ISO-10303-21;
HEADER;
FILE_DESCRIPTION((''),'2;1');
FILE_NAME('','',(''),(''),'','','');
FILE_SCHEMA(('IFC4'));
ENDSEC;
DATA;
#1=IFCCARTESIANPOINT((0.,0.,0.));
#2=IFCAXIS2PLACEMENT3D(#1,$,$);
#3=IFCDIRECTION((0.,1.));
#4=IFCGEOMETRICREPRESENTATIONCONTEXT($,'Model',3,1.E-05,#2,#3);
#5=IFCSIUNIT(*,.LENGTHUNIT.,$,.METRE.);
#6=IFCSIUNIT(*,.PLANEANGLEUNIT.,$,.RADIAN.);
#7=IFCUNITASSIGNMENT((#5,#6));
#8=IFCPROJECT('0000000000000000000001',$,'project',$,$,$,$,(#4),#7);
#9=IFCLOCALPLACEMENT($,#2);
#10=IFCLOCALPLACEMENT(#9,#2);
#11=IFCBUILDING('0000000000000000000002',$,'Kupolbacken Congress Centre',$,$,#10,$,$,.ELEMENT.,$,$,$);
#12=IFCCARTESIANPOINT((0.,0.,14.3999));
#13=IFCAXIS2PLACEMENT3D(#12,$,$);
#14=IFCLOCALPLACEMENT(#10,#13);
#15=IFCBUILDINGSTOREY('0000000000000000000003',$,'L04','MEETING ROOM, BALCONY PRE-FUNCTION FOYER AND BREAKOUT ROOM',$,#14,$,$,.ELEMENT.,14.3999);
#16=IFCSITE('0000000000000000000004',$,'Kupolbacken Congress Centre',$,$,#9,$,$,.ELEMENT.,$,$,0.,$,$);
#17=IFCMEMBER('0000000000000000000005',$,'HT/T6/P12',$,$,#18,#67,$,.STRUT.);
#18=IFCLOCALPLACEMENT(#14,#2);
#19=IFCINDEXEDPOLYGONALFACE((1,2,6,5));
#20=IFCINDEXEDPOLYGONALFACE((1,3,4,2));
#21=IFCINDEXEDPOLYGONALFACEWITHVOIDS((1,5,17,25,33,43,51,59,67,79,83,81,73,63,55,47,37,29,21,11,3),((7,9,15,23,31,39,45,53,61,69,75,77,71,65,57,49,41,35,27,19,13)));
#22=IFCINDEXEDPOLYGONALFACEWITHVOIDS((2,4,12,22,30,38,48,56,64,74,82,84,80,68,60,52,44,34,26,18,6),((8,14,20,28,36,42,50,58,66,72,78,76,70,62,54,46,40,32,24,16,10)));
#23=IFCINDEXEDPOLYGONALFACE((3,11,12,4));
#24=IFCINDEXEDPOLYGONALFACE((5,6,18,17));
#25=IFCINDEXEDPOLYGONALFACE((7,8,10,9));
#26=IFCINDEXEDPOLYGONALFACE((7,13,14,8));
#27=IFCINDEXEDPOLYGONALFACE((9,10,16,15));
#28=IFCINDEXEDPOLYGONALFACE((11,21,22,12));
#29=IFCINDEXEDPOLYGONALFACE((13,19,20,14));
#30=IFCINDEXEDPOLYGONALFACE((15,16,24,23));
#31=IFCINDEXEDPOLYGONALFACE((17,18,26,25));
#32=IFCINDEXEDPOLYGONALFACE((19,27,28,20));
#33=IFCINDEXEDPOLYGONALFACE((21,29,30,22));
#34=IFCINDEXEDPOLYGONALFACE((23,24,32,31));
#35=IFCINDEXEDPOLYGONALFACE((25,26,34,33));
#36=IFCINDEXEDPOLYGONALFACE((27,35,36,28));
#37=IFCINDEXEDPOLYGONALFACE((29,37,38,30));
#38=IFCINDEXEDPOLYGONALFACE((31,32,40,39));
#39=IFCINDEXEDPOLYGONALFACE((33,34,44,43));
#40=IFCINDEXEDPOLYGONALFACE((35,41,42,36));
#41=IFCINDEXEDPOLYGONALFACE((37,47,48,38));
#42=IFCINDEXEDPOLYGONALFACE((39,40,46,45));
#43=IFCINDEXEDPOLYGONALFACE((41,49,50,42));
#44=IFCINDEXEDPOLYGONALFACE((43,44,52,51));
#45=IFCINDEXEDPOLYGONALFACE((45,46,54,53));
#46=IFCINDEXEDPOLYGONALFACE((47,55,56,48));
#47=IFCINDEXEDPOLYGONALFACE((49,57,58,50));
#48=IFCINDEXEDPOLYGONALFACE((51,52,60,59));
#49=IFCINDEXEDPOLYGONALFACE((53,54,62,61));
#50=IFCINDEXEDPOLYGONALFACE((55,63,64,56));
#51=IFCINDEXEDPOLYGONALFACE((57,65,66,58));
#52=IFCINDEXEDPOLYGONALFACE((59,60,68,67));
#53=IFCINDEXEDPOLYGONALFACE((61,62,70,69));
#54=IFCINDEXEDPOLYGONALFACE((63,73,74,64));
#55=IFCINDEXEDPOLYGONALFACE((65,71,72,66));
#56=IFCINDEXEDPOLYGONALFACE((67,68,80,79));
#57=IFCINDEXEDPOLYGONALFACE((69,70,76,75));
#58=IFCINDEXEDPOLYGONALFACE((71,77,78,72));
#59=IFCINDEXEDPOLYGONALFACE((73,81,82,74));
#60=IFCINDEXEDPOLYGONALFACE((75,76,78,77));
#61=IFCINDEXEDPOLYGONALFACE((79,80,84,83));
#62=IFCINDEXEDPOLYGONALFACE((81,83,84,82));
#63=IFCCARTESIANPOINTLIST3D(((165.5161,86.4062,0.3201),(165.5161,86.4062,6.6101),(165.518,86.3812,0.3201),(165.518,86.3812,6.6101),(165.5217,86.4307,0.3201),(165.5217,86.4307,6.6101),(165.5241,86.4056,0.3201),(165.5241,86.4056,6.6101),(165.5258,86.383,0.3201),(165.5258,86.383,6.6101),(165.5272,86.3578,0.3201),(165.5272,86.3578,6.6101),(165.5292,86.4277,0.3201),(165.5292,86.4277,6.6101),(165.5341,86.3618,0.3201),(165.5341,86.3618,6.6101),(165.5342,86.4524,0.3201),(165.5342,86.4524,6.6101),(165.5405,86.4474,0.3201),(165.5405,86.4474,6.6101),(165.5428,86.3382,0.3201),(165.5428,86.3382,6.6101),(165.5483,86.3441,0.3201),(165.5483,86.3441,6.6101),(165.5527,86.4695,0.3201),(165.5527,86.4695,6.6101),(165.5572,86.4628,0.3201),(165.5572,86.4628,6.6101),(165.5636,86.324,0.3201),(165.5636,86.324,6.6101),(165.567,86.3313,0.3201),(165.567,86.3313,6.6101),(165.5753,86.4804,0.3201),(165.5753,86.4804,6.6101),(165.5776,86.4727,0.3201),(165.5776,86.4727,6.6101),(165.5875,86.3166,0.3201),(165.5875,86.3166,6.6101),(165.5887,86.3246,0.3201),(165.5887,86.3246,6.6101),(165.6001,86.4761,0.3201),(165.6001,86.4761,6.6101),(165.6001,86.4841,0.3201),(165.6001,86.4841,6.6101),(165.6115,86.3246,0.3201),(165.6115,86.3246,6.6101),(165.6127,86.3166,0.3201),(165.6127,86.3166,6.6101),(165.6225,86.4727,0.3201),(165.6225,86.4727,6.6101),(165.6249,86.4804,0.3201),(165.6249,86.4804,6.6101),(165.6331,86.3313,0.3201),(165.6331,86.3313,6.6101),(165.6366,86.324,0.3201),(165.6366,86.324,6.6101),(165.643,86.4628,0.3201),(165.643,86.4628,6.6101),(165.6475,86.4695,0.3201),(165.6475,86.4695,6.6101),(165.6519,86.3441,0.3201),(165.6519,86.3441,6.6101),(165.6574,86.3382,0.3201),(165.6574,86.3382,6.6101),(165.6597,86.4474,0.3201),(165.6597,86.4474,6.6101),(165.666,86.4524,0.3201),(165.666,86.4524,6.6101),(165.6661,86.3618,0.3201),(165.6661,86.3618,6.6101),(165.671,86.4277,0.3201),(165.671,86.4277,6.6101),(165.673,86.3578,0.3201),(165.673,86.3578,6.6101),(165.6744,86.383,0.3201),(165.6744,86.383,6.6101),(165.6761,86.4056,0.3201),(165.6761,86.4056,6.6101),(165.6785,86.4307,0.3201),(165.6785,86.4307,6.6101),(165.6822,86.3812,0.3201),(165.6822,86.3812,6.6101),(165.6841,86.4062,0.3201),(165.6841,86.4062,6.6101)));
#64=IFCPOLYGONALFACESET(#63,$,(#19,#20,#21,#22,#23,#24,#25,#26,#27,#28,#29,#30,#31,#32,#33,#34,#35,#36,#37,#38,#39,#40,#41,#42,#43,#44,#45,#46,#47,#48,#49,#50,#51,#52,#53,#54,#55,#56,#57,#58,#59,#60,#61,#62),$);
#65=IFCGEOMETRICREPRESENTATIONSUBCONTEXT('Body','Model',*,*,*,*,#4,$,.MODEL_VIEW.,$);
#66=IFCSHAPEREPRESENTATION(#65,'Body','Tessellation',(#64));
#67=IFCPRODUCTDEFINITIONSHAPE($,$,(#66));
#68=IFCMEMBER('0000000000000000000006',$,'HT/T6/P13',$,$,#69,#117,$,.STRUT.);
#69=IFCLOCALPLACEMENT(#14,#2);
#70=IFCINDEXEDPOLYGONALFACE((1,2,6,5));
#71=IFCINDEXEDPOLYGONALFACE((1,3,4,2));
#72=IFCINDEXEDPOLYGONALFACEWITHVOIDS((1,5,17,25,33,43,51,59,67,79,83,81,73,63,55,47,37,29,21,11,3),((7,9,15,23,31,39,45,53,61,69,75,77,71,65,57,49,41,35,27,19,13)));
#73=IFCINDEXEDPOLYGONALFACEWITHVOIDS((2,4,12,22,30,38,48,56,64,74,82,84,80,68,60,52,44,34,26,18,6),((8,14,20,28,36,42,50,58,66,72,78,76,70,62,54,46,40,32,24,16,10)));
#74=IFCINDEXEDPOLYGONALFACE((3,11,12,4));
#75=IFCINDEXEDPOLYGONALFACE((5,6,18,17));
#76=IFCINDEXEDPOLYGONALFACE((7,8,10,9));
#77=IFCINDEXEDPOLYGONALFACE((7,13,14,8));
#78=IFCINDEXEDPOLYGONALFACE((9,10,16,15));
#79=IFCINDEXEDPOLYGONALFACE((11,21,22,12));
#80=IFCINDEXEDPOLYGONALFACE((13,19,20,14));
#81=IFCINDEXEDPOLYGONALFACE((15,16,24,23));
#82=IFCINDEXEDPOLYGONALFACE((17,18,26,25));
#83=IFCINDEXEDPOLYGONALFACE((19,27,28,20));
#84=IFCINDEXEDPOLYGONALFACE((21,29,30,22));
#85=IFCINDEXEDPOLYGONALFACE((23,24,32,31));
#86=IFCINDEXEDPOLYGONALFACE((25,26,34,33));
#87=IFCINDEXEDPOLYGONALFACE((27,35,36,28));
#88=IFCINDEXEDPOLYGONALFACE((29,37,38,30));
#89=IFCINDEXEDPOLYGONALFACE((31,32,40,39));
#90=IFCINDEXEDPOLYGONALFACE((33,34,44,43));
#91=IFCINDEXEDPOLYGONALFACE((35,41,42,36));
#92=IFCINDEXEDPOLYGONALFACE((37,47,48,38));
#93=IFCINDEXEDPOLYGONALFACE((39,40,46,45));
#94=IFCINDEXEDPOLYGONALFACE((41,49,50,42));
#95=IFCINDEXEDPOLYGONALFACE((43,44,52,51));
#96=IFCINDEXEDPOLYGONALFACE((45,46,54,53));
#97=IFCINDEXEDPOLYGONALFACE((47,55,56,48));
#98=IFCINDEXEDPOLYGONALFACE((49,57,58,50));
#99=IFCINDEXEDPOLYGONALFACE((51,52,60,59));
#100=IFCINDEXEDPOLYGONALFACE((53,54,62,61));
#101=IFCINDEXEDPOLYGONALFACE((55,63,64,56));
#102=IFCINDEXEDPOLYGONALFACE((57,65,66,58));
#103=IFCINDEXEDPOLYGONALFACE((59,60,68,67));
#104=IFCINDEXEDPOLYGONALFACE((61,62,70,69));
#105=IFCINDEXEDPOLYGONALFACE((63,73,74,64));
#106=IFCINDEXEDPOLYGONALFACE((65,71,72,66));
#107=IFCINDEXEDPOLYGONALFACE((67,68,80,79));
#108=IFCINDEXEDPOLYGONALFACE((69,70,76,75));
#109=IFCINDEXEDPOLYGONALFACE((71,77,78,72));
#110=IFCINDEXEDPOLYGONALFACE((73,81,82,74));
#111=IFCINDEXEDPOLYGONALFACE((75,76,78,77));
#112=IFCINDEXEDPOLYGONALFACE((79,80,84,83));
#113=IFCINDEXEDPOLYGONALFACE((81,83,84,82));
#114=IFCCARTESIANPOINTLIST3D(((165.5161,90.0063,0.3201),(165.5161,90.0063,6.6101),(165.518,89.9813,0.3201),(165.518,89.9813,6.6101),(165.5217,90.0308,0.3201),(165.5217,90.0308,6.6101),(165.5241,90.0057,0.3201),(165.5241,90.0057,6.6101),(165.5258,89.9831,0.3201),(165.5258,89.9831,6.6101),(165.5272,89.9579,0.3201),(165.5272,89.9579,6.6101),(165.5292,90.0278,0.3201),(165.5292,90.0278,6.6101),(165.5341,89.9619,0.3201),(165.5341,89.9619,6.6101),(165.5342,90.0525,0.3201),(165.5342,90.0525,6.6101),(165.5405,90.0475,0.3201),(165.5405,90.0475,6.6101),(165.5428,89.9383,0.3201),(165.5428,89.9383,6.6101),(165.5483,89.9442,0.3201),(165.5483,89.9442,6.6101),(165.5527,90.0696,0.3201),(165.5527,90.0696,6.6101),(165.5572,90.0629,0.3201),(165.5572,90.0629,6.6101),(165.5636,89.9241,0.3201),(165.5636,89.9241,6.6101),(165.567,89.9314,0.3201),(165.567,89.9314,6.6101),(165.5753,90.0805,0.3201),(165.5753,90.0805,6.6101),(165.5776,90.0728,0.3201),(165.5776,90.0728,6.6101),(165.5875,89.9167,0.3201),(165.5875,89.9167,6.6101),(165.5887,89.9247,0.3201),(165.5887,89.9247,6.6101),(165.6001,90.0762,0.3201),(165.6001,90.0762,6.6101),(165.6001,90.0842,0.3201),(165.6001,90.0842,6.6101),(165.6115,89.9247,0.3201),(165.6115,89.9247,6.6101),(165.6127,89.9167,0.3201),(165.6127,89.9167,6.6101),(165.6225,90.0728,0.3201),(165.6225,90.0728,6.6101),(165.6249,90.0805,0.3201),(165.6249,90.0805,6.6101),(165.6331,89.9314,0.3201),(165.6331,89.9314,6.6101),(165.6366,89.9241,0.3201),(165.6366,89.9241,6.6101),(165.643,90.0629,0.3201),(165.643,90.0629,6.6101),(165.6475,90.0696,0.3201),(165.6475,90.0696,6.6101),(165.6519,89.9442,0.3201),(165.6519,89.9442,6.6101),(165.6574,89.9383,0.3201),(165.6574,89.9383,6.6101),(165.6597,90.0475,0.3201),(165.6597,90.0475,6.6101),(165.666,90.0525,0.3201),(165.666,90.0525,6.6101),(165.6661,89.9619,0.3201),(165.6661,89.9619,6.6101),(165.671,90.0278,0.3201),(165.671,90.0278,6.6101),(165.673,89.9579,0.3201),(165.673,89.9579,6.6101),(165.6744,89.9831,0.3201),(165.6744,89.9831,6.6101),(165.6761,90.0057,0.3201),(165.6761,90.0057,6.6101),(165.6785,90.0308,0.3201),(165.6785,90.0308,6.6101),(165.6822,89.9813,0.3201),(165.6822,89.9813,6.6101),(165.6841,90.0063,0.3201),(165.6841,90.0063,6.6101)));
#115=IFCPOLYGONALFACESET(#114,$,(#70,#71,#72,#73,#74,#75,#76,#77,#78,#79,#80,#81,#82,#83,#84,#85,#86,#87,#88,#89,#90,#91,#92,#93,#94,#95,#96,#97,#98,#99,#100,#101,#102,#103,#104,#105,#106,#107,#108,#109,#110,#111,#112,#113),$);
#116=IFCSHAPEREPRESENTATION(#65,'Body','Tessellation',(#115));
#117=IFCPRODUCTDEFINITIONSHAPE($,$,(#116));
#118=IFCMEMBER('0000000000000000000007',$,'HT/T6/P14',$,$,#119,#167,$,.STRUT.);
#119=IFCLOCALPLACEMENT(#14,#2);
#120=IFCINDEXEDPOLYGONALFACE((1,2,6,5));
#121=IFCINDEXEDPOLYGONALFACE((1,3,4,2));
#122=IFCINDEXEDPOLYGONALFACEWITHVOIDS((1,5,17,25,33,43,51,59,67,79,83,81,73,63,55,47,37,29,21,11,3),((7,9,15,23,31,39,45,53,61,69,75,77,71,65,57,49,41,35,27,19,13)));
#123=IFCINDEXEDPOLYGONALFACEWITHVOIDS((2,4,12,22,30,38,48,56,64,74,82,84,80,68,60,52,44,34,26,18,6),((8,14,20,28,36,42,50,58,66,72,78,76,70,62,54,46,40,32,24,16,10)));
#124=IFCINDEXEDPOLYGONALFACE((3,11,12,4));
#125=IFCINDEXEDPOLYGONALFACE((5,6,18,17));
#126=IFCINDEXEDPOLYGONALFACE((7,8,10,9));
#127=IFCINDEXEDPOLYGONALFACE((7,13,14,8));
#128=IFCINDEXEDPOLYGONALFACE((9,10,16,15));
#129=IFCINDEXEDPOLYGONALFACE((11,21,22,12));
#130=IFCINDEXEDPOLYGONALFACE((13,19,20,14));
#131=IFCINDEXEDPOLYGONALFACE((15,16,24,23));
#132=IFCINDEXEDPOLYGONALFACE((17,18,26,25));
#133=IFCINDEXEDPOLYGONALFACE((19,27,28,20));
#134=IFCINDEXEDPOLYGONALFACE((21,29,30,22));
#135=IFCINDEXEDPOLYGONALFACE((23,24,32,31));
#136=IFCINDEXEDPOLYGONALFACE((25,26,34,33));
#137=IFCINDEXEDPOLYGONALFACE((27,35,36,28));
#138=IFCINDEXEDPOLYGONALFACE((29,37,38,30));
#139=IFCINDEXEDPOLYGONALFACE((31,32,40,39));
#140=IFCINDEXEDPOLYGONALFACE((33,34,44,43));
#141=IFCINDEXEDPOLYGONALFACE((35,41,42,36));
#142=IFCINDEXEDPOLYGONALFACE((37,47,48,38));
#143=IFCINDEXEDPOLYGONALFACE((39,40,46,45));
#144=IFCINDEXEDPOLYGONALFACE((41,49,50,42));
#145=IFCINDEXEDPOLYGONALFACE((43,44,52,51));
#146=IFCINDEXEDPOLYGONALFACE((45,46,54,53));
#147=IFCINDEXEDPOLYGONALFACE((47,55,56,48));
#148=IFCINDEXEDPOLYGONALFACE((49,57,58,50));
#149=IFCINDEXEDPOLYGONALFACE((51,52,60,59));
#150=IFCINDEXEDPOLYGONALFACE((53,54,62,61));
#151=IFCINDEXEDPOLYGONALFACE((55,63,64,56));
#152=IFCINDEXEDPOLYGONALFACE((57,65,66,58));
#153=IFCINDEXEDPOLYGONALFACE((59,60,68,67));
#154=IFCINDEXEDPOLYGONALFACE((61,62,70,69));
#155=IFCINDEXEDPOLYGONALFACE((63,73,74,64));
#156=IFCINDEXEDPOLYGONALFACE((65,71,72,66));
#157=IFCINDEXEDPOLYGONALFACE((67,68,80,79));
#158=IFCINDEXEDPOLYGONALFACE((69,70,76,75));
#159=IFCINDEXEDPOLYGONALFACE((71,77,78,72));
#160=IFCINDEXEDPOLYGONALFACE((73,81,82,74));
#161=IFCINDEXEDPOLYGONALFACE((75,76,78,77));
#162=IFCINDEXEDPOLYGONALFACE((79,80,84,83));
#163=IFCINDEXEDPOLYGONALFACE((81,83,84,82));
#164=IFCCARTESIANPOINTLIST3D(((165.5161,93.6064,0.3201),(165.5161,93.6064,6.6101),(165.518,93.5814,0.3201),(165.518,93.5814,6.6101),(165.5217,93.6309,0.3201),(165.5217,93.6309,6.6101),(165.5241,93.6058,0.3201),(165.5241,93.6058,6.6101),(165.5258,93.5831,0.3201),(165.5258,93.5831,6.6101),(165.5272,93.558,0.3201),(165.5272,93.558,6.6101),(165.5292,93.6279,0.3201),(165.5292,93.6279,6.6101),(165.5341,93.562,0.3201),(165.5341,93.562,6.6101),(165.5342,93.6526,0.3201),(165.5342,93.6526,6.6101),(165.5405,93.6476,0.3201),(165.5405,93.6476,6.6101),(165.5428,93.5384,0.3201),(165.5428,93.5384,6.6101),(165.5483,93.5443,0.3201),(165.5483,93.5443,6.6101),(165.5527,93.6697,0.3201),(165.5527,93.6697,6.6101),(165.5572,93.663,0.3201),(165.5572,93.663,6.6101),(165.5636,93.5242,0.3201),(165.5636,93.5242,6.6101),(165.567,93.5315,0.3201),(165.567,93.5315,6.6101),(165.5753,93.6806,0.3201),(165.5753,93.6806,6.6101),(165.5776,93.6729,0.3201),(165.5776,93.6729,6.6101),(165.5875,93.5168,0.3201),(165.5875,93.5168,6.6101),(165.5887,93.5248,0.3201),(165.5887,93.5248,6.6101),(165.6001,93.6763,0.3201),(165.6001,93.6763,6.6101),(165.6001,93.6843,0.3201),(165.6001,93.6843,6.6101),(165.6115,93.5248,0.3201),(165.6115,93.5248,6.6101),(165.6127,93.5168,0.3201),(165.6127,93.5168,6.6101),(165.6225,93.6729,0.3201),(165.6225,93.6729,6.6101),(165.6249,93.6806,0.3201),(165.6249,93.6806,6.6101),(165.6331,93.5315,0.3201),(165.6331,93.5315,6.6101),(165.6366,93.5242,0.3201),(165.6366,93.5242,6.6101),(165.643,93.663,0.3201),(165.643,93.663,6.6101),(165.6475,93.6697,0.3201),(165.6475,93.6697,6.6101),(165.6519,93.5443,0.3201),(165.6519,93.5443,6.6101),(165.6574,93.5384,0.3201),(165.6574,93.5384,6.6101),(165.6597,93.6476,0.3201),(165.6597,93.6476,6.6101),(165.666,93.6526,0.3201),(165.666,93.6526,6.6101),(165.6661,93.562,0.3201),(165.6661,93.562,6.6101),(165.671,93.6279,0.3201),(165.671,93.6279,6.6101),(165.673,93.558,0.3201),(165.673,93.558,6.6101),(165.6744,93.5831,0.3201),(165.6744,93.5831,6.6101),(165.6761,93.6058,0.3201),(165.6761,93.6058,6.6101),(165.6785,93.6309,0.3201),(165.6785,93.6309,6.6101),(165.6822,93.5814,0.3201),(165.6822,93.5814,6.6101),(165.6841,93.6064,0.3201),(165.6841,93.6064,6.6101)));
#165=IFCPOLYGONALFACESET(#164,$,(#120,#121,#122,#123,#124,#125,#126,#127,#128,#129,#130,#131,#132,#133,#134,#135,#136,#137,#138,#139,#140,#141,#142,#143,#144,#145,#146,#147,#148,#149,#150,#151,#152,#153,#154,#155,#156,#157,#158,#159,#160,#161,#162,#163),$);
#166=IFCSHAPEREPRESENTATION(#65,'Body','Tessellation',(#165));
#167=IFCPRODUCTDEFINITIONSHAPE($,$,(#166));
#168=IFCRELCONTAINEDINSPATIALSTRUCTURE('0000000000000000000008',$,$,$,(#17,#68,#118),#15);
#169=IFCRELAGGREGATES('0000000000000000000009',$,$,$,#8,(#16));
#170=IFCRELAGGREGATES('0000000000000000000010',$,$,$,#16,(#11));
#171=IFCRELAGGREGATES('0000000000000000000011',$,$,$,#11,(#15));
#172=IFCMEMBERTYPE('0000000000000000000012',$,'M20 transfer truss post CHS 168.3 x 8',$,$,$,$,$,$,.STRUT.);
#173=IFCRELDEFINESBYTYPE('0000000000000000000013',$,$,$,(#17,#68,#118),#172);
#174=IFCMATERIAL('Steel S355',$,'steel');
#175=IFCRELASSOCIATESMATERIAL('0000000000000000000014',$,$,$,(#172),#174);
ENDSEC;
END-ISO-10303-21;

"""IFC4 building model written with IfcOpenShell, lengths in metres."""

from ifc_helpers import new_model, si_unit, direction, frame, origin, origin_2d, place, context, subcontext, project, spatial, hollow_circle, extrude, material, material_profile, profile_set, type_object, element, save


model = new_model("IFC4")

# Units and contexts
model_context = context("Model", 3, precision=1e-05, world=origin(), true_north=direction((0.0, 1.0)))
body_context = subcontext(model_context, "Body", "Model", "MODEL_VIEW")
ifc_project = project(units=[si_unit("LENGTHUNIT", "METRE"), si_unit("PLANEANGLEUNIT", "RADIAN")], contexts=[model_context])

# Site, building, storey
site_placement = place(None, origin())
site = spatial("IfcSite", under=ifc_project, at=site_placement, Name="Kupolbacken Congress Centre", CompositionType="ELEMENT", RefElevation=0.0)
building_placement = place(site_placement, origin())
building = spatial("IfcBuilding", under=site, at=building_placement, Name="Kupolbacken Congress Centre", CompositionType="ELEMENT")
storey_placement = place(building_placement, frame((0.0, 0.0, 14.3999)))
storey = spatial("IfcBuildingStorey", under=building, at=storey_placement, Name="L04", Description="MEETING ROOM, BALCONY PRE-FUNCTION FOYER AND BREAKOUT ROOM", CompositionType="ELEMENT", Elevation=14.3999)

# Members
ifc_material_1 = material(Name="Steel S355", Category="steel")
ifc_material_profile_1 = material_profile(ifc_material_1, hollow_circle(Radius=0.0842, WallThickness=0.0081, at=origin_2d()), Name="CHS 168.3 x 8")
ifc_profile_set_1 = profile_set([ifc_material_profile_1], Name="Steel S355")
member_type_1 = type_object("IfcMemberType", Name="M20 transfer truss post CHS 168.3 x 8", PredefinedType="STRUT", material=ifc_profile_set_1)
for number, where, z_axis, x_axis, name in (
    (1, (165.6001, 86.3999, 0.3201), (0.0, 0.0, 1.0), (0.0, 1.0, 0.0), "HT/T6/P12"),
    (2, (165.6001, 90.0, 0.3201), (0.0, 0.0, 1.0), (0.0, 1.0, 0.0), "HT/T6/P13"),
    (3, (165.6001, 93.6001, 0.3201), (0.0, 0.0, 1.0), (0.0, 1.0, 0.0), "HT/T6/P14"),
):
    element("IfcMember", number, at=place(storey_placement, frame(where, z_axis=z_axis, x_axis=x_axis)), inside=storey, type_object=member_type_1, Name=name, PredefinedType="STRUT", context=body_context, shape_type="SweptSolid", body=[
        extrude(hollow_circle(Radius=0.0842, WallThickness=0.0081, at=origin_2d()), origin(), (0.0, 0.0, 1.0), 6.29),
    ])

save(model, "model.ifc")
